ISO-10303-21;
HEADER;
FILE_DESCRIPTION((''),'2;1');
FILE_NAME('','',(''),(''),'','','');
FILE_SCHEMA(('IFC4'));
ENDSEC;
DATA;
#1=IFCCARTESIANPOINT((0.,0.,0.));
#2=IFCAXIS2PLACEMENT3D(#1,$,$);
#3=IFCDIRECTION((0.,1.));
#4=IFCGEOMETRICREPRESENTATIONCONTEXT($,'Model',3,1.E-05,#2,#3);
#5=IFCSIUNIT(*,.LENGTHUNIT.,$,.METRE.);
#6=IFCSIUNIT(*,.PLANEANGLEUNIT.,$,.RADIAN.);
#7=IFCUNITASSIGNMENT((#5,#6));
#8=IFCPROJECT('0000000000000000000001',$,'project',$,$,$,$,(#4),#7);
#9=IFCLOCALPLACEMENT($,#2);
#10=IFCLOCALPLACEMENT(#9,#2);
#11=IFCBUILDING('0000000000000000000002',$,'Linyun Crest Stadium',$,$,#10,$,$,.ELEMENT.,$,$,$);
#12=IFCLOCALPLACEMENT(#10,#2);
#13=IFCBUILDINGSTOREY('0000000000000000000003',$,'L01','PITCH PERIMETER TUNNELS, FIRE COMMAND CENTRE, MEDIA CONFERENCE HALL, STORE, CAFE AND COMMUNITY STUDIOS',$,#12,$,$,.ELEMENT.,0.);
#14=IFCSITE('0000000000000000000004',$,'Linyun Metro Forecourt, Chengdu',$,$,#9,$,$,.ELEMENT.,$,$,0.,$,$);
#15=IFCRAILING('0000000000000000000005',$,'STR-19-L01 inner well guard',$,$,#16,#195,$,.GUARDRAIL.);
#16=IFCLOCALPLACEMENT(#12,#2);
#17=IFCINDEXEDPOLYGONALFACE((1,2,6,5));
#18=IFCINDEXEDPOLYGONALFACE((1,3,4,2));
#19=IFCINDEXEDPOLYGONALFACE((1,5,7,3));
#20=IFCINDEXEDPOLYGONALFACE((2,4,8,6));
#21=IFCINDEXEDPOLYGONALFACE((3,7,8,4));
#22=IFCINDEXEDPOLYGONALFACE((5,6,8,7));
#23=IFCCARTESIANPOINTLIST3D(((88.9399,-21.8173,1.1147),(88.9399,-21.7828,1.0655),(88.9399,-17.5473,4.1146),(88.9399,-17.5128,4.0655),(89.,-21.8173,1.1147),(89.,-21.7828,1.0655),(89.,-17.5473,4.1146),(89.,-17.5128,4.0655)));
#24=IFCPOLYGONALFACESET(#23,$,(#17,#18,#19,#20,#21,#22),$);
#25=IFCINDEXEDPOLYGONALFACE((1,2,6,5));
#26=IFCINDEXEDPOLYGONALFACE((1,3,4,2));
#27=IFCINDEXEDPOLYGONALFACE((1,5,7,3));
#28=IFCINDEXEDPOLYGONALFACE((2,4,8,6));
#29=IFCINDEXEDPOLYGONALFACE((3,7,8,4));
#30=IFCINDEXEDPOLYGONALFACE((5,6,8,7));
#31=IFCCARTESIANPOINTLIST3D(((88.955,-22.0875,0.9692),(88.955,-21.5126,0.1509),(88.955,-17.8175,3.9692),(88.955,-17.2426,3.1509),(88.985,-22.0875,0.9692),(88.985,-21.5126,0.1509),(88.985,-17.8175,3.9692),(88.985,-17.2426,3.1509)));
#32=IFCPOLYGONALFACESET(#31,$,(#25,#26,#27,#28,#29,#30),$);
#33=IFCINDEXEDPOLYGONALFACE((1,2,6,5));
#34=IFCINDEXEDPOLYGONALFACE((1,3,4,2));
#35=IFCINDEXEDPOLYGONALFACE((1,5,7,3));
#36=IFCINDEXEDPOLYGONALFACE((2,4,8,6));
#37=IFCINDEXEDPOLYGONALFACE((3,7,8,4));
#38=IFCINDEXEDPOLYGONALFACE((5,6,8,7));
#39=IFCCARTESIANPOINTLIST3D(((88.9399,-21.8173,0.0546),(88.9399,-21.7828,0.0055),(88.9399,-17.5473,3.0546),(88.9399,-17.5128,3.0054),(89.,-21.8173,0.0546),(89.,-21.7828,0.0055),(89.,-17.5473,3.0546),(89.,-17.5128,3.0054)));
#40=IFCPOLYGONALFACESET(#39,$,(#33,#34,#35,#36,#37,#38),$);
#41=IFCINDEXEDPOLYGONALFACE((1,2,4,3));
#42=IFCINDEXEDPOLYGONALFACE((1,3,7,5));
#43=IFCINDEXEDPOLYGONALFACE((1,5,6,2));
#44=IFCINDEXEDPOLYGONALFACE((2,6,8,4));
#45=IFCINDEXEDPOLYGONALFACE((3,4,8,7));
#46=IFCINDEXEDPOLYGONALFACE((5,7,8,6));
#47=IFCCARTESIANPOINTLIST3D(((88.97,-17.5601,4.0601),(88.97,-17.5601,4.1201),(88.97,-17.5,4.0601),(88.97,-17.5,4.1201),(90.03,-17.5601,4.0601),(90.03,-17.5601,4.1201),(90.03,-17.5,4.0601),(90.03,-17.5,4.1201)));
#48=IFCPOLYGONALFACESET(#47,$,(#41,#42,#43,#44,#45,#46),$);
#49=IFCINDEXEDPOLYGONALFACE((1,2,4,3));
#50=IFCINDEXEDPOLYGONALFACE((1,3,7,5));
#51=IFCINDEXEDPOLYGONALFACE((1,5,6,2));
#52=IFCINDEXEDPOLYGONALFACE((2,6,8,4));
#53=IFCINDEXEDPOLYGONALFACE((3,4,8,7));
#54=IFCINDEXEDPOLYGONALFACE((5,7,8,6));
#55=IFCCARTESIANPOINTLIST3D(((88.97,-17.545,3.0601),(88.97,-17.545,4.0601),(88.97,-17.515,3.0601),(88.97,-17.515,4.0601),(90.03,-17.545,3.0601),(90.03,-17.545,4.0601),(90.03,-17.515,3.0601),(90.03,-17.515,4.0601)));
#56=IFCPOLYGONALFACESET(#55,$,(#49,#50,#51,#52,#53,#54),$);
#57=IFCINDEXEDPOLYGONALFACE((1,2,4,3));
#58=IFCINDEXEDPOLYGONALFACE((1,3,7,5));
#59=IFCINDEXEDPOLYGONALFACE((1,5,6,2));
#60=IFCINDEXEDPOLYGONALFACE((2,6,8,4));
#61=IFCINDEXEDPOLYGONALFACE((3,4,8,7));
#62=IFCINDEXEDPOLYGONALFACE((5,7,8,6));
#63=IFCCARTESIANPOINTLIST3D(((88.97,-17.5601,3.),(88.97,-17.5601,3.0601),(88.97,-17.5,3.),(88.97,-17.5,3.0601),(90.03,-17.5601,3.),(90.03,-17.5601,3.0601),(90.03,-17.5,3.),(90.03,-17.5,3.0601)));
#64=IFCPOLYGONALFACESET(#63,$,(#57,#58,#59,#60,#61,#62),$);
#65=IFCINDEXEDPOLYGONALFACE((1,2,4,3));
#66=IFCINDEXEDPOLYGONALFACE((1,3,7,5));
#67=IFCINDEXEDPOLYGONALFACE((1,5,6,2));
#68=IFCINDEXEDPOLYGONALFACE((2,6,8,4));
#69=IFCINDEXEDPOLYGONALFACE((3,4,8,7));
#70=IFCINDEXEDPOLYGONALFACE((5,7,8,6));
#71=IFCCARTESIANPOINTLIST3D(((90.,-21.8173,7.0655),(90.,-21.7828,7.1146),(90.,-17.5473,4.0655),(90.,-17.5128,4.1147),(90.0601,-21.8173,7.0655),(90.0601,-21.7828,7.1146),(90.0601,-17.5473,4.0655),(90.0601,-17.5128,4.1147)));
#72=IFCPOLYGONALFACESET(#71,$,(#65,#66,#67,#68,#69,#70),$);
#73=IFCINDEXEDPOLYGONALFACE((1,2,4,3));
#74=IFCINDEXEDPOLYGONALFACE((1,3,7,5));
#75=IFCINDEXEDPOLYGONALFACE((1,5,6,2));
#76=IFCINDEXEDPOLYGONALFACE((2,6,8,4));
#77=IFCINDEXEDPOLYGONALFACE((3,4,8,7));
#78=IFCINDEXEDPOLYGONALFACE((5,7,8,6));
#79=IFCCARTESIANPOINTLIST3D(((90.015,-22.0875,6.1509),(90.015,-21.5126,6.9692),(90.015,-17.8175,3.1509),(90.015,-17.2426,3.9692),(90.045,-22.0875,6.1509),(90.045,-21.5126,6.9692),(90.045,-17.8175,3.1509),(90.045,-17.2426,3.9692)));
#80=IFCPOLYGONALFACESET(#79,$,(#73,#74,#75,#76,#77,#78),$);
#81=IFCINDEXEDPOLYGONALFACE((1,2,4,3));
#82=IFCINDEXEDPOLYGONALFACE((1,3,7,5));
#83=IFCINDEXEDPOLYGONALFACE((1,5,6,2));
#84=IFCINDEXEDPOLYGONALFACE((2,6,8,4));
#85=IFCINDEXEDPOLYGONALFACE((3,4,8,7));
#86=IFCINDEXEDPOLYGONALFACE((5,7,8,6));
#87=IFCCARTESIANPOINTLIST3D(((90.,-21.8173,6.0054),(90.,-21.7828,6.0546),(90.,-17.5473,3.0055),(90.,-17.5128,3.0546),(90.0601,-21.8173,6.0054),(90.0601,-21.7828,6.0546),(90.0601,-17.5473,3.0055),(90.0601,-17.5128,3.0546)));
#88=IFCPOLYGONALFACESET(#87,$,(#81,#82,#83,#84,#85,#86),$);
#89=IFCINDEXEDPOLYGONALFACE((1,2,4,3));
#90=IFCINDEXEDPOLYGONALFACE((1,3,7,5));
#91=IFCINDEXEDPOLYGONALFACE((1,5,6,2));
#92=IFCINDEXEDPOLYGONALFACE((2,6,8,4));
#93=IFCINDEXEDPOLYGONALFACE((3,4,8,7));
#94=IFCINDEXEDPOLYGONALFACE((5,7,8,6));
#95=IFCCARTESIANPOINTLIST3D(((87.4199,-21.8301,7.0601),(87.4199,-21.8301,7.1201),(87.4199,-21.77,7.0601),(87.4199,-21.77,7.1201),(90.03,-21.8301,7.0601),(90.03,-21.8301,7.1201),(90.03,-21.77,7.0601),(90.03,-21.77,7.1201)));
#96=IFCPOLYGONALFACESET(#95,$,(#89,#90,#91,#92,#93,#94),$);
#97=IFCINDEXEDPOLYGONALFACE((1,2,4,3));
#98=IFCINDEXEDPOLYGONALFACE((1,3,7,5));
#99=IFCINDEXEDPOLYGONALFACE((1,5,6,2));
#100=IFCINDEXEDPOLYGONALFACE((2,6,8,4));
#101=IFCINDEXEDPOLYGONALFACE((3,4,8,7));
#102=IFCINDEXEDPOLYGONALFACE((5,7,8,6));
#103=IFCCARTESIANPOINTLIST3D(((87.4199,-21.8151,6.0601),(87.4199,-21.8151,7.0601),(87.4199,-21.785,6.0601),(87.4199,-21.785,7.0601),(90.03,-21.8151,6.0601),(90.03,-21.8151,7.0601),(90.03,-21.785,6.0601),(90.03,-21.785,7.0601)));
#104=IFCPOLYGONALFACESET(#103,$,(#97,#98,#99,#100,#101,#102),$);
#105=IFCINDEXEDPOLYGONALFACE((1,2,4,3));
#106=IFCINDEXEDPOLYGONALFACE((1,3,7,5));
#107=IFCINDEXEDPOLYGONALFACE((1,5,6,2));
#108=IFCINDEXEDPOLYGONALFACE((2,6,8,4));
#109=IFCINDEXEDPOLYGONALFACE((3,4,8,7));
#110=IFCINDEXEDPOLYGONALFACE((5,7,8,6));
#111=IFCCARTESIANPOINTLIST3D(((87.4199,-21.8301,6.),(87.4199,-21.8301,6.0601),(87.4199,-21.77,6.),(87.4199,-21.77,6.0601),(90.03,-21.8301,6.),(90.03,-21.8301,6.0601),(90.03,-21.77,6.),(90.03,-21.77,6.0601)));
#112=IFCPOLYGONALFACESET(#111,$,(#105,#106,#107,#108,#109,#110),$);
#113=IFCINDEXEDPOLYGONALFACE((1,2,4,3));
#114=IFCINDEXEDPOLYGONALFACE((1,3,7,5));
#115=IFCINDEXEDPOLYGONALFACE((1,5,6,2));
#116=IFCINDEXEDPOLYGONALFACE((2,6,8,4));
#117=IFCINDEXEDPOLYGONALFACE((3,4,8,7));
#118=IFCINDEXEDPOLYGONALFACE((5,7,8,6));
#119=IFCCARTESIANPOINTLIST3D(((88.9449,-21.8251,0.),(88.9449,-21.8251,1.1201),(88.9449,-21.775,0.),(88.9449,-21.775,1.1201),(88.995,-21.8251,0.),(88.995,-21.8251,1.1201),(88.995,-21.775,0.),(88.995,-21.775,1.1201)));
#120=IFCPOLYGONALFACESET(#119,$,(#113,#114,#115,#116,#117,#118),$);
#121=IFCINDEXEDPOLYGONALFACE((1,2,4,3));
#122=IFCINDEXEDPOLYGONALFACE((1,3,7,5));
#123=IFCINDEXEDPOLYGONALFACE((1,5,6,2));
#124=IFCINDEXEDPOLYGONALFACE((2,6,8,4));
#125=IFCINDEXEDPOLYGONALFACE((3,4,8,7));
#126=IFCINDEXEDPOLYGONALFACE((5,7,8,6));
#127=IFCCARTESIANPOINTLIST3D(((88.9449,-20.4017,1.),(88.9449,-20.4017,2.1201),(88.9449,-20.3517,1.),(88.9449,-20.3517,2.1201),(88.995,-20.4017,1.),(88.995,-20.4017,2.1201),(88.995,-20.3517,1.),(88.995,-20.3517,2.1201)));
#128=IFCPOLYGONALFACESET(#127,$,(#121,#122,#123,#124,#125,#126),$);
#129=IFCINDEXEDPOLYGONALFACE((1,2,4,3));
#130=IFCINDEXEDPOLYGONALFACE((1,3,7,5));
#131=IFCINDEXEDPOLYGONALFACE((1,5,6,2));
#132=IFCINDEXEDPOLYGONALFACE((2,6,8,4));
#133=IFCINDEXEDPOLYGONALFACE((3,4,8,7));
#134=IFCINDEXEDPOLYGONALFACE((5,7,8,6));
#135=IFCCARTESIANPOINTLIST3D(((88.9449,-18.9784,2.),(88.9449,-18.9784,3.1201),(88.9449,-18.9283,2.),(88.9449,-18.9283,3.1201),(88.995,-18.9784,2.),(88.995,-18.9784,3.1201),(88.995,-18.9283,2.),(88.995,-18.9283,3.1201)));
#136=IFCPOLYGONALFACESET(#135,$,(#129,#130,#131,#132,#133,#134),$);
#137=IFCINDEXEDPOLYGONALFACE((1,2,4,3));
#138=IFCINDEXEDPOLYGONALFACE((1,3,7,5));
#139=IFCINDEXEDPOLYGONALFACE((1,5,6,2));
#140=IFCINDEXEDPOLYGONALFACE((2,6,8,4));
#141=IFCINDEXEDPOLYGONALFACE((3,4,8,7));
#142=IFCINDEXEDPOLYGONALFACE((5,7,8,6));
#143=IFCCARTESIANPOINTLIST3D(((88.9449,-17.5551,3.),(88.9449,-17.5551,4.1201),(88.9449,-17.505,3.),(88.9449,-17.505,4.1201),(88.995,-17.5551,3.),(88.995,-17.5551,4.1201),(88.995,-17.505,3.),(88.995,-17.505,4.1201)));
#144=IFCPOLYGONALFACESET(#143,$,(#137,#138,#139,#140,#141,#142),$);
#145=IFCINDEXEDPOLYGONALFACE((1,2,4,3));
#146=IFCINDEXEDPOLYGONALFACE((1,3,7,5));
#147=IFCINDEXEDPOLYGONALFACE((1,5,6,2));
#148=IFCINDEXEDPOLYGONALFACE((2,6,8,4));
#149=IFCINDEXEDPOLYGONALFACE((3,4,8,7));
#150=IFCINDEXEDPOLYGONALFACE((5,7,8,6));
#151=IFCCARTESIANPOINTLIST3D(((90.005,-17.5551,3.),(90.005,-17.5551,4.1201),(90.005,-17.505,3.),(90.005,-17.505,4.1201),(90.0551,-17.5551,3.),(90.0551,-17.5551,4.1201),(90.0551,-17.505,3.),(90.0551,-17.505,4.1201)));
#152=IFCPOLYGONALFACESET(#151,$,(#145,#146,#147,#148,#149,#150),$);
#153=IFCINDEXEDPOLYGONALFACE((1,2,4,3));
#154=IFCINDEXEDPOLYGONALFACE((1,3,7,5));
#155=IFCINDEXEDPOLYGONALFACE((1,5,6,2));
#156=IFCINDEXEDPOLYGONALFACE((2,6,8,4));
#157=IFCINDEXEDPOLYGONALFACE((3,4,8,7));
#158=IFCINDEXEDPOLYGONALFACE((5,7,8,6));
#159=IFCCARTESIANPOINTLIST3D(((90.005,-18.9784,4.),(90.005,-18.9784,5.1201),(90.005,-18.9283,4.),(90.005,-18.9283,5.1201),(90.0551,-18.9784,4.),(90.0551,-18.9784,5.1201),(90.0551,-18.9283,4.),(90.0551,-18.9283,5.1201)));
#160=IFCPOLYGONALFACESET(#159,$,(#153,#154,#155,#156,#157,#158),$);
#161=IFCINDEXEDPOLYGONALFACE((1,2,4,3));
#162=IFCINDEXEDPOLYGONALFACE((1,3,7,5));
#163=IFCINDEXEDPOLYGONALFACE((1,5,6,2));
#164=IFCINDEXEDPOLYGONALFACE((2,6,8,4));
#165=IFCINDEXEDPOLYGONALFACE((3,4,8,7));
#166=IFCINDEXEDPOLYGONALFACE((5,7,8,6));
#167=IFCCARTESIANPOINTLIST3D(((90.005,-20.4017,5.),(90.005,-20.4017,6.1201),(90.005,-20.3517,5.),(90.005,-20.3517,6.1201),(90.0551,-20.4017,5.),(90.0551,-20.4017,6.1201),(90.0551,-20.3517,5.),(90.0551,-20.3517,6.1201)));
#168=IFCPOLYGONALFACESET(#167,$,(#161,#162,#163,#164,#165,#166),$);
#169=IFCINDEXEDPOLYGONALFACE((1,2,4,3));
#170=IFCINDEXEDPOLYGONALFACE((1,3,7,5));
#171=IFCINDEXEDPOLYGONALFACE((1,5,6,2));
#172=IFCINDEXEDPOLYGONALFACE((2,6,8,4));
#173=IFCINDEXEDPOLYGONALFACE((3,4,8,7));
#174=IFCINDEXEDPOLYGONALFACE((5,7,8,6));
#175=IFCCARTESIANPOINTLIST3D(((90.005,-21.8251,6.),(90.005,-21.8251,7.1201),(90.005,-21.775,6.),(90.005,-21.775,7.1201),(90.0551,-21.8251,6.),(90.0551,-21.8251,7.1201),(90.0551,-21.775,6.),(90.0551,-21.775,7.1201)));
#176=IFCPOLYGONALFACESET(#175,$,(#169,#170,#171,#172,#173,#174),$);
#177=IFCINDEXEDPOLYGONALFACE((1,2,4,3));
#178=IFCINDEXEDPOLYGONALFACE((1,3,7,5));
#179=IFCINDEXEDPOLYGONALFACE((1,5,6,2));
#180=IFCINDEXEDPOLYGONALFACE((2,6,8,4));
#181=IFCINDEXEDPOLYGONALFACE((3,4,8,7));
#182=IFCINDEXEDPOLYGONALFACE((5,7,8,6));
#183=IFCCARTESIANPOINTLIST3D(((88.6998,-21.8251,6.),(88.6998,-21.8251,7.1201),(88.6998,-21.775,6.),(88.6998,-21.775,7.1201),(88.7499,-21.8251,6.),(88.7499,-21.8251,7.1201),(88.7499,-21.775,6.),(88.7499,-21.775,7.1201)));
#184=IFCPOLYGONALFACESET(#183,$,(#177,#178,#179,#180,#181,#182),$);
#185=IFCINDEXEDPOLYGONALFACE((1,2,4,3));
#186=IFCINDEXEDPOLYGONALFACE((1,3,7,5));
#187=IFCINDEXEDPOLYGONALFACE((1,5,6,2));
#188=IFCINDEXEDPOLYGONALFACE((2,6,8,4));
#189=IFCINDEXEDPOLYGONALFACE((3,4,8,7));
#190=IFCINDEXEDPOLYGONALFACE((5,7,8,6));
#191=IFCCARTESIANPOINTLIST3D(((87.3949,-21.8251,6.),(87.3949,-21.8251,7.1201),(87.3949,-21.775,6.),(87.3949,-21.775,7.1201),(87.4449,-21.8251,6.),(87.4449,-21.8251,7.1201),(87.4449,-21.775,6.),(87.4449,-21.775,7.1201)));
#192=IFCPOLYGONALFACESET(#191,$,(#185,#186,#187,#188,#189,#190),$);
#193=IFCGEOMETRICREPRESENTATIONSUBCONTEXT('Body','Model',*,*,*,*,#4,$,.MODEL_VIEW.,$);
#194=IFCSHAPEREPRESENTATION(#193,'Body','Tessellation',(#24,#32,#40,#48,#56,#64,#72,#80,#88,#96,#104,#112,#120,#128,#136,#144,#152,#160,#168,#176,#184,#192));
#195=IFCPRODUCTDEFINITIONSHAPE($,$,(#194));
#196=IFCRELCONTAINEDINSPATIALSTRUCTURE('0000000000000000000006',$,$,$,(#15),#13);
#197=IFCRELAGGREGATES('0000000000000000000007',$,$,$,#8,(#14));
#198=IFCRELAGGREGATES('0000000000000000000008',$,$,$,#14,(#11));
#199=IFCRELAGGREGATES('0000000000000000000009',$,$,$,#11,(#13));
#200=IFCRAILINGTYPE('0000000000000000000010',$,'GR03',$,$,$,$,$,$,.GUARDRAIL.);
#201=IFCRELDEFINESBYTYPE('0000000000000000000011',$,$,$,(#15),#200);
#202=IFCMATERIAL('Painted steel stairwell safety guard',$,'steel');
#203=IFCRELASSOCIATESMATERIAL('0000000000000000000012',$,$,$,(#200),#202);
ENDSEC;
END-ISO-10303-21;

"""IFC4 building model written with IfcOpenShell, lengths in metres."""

from ifc_helpers import new_model, si_unit, direction, frame, origin, origin_2d, place, context, subcontext, project, spatial, rectangle, extrude, material, type_object, element, save


model = new_model("IFC4")

# Units and contexts
model_context = context("Model", 3, precision=1e-05, world=origin(), true_north=direction((0.0, 1.0)))
body_context = subcontext(model_context, "Body", "Model", "MODEL_VIEW")
ifc_project = project(units=[si_unit("LENGTHUNIT", "METRE"), si_unit("PLANEANGLEUNIT", "RADIAN")], contexts=[model_context])

# Site, building, storey
site_placement = place(None, origin())
site = spatial("IfcSite", under=ifc_project, at=site_placement, Name="Linyun Metro Forecourt, Chengdu", CompositionType="ELEMENT", RefElevation=0.0)
building_placement = place(site_placement, origin())
building = spatial("IfcBuilding", under=site, at=building_placement, Name="Linyun Crest Stadium", CompositionType="ELEMENT")
storey_placement = place(building_placement, origin())
storey = spatial("IfcBuildingStorey", under=building, at=storey_placement, Name="L01", Description="PITCH PERIMETER TUNNELS, FIRE COMMAND CENTRE, MEDIA CONFERENCE HALL, STORE, CAFE AND COMMUNITY STUDIOS", CompositionType="ELEMENT", Elevation=0.0)

# Railing
ifc_material_1 = material(Name="Painted steel stairwell safety guard", Category="steel")
railing_type_1 = type_object("IfcRailingType", Name="GR03", PredefinedType="GUARDRAIL", material=ifc_material_1)
railing_1_placement = place(storey_placement, frame((88.97, -21.8, 0.0)))
element("IfcRailing", 1, at=railing_1_placement, inside=storey, type_object=railing_type_1, Name="STR-19-L01 inner well guard", PredefinedType="GUARDRAIL", context=body_context, shape_type="SweptSolid", body=[
    extrude(rectangle(XDim=0.0601, YDim=0.0601, at=origin_2d()), frame((0.0, 0.0, 1.0901), z_axis=(0.0, 0.818242, 0.574874), x_axis=(-1.0, 0.0, 0.0)), (0.0, 0.0, 1.0), 5.2185),
    extrude(rectangle(XDim=0.03, YDim=1.0, at=origin_2d()), frame((0.0, 0.0, 0.5601), z_axis=(0.0, 0.818242, 0.574874), x_axis=(-1.0, 0.0, 0.0)), (0.0, 0.0, 1.0), 5.2185),
    extrude(rectangle(XDim=0.0601, YDim=0.0601, at=origin_2d()), frame((0.0, 0.0, 0.03), z_axis=(0.0, 0.818242, 0.574874), x_axis=(-1.0, 0.0, 0.0)), (0.0, 0.0, 1.0), 5.2185),
    extrude(rectangle(XDim=0.0601, YDim=0.0601, at=origin_2d()), frame((0.0, 4.27, 4.0901), z_axis=(1.0, 0.0, 0.0), x_axis=(0.0, 1.0, 0.0)), (0.0, 0.0, 1.0), 1.0601),
    extrude(rectangle(XDim=0.03, YDim=1.0, at=origin_2d()), frame((0.0, 4.27, 3.5601), z_axis=(1.0, 0.0, 0.0), x_axis=(0.0, 1.0, 0.0)), (0.0, 0.0, 1.0), 1.0601),
    extrude(rectangle(XDim=0.0601, YDim=0.0601, at=origin_2d()), frame((0.0, 4.27, 3.03), z_axis=(1.0, 0.0, 0.0), x_axis=(0.0, 1.0, 0.0)), (0.0, 0.0, 1.0), 1.0601),
    extrude(rectangle(XDim=0.0601, YDim=0.0601, at=origin_2d()), frame((1.0601, 4.27, 4.0901), z_axis=(0.0, -0.818242, 0.574874), x_axis=(1.0, 0.0, 0.0)), (0.0, 0.0, 1.0), 5.2185),
    extrude(rectangle(XDim=0.03, YDim=1.0, at=origin_2d()), frame((1.0601, 4.27, 3.5601), z_axis=(0.0, -0.818242, 0.574874), x_axis=(1.0, 0.0, 0.0)), (0.0, 0.0, 1.0), 5.2185),
    extrude(rectangle(XDim=0.0601, YDim=0.0601, at=origin_2d()), frame((1.0601, 4.27, 3.03), z_axis=(0.0, -0.818242, 0.574874), x_axis=(1.0, 0.0, 0.0)), (0.0, 0.0, 1.0), 5.2185),
    extrude(rectangle(XDim=0.0601, YDim=0.0601, at=origin_2d()), frame((1.0601, 0.0, 7.0901), z_axis=(-1.0, 0.0, 0.0), x_axis=(0.0, -1.0, 0.0)), (0.0, 0.0, 1.0), 2.6101),
    extrude(rectangle(XDim=0.03, YDim=1.0, at=origin_2d()), frame((1.0601, 0.0, 6.5601), z_axis=(-1.0, 0.0, 0.0), x_axis=(0.0, -1.0, 0.0)), (0.0, 0.0, 1.0), 2.6101),
    extrude(rectangle(XDim=0.0601, YDim=0.0601, at=origin_2d()), frame((1.0601, 0.0, 6.03), z_axis=(-1.0, 0.0, 0.0), x_axis=(0.0, -1.0, 0.0)), (0.0, 0.0, 1.0), 2.6101),
    extrude(rectangle(XDim=0.05, YDim=0.05, at=origin_2d()), origin(), (0.0, 0.0, 1.0), 1.1201),
    extrude(rectangle(XDim=0.05, YDim=0.05, at=origin_2d()), frame((0.0, 1.4233, 1.0)), (0.0, 0.0, 1.0), 1.1201),
    extrude(rectangle(XDim=0.05, YDim=0.05, at=origin_2d()), frame((0.0, 2.8467, 2.0)), (0.0, 0.0, 1.0), 1.1201),
    extrude(rectangle(XDim=0.05, YDim=0.05, at=origin_2d()), frame((0.0, 4.27, 3.0)), (0.0, 0.0, 1.0), 1.1201),
    extrude(rectangle(XDim=0.05, YDim=0.05, at=origin_2d()), frame((1.0601, 4.27, 3.0)), (0.0, 0.0, 1.0), 1.1201),
    extrude(rectangle(XDim=0.05, YDim=0.05, at=origin_2d()), frame((1.0601, 2.8467, 4.0)), (0.0, 0.0, 1.0), 1.1201),
    extrude(rectangle(XDim=0.05, YDim=0.05, at=origin_2d()), frame((1.0601, 1.4233, 5.0)), (0.0, 0.0, 1.0), 1.1201),
    extrude(rectangle(XDim=0.05, YDim=0.05, at=origin_2d()), frame((1.0601, 0.0, 6.0)), (0.0, 0.0, 1.0), 1.1201),
    extrude(rectangle(XDim=0.05, YDim=0.05, at=origin_2d()), frame((-0.2451, 0.0, 6.0)), (0.0, 0.0, 1.0), 1.1201),
    extrude(rectangle(XDim=0.05, YDim=0.05, at=origin_2d()), frame((-1.55, 0.0, 6.0)), (0.0, 0.0, 1.0), 1.1201),
])

save(model, "model.ifc")
